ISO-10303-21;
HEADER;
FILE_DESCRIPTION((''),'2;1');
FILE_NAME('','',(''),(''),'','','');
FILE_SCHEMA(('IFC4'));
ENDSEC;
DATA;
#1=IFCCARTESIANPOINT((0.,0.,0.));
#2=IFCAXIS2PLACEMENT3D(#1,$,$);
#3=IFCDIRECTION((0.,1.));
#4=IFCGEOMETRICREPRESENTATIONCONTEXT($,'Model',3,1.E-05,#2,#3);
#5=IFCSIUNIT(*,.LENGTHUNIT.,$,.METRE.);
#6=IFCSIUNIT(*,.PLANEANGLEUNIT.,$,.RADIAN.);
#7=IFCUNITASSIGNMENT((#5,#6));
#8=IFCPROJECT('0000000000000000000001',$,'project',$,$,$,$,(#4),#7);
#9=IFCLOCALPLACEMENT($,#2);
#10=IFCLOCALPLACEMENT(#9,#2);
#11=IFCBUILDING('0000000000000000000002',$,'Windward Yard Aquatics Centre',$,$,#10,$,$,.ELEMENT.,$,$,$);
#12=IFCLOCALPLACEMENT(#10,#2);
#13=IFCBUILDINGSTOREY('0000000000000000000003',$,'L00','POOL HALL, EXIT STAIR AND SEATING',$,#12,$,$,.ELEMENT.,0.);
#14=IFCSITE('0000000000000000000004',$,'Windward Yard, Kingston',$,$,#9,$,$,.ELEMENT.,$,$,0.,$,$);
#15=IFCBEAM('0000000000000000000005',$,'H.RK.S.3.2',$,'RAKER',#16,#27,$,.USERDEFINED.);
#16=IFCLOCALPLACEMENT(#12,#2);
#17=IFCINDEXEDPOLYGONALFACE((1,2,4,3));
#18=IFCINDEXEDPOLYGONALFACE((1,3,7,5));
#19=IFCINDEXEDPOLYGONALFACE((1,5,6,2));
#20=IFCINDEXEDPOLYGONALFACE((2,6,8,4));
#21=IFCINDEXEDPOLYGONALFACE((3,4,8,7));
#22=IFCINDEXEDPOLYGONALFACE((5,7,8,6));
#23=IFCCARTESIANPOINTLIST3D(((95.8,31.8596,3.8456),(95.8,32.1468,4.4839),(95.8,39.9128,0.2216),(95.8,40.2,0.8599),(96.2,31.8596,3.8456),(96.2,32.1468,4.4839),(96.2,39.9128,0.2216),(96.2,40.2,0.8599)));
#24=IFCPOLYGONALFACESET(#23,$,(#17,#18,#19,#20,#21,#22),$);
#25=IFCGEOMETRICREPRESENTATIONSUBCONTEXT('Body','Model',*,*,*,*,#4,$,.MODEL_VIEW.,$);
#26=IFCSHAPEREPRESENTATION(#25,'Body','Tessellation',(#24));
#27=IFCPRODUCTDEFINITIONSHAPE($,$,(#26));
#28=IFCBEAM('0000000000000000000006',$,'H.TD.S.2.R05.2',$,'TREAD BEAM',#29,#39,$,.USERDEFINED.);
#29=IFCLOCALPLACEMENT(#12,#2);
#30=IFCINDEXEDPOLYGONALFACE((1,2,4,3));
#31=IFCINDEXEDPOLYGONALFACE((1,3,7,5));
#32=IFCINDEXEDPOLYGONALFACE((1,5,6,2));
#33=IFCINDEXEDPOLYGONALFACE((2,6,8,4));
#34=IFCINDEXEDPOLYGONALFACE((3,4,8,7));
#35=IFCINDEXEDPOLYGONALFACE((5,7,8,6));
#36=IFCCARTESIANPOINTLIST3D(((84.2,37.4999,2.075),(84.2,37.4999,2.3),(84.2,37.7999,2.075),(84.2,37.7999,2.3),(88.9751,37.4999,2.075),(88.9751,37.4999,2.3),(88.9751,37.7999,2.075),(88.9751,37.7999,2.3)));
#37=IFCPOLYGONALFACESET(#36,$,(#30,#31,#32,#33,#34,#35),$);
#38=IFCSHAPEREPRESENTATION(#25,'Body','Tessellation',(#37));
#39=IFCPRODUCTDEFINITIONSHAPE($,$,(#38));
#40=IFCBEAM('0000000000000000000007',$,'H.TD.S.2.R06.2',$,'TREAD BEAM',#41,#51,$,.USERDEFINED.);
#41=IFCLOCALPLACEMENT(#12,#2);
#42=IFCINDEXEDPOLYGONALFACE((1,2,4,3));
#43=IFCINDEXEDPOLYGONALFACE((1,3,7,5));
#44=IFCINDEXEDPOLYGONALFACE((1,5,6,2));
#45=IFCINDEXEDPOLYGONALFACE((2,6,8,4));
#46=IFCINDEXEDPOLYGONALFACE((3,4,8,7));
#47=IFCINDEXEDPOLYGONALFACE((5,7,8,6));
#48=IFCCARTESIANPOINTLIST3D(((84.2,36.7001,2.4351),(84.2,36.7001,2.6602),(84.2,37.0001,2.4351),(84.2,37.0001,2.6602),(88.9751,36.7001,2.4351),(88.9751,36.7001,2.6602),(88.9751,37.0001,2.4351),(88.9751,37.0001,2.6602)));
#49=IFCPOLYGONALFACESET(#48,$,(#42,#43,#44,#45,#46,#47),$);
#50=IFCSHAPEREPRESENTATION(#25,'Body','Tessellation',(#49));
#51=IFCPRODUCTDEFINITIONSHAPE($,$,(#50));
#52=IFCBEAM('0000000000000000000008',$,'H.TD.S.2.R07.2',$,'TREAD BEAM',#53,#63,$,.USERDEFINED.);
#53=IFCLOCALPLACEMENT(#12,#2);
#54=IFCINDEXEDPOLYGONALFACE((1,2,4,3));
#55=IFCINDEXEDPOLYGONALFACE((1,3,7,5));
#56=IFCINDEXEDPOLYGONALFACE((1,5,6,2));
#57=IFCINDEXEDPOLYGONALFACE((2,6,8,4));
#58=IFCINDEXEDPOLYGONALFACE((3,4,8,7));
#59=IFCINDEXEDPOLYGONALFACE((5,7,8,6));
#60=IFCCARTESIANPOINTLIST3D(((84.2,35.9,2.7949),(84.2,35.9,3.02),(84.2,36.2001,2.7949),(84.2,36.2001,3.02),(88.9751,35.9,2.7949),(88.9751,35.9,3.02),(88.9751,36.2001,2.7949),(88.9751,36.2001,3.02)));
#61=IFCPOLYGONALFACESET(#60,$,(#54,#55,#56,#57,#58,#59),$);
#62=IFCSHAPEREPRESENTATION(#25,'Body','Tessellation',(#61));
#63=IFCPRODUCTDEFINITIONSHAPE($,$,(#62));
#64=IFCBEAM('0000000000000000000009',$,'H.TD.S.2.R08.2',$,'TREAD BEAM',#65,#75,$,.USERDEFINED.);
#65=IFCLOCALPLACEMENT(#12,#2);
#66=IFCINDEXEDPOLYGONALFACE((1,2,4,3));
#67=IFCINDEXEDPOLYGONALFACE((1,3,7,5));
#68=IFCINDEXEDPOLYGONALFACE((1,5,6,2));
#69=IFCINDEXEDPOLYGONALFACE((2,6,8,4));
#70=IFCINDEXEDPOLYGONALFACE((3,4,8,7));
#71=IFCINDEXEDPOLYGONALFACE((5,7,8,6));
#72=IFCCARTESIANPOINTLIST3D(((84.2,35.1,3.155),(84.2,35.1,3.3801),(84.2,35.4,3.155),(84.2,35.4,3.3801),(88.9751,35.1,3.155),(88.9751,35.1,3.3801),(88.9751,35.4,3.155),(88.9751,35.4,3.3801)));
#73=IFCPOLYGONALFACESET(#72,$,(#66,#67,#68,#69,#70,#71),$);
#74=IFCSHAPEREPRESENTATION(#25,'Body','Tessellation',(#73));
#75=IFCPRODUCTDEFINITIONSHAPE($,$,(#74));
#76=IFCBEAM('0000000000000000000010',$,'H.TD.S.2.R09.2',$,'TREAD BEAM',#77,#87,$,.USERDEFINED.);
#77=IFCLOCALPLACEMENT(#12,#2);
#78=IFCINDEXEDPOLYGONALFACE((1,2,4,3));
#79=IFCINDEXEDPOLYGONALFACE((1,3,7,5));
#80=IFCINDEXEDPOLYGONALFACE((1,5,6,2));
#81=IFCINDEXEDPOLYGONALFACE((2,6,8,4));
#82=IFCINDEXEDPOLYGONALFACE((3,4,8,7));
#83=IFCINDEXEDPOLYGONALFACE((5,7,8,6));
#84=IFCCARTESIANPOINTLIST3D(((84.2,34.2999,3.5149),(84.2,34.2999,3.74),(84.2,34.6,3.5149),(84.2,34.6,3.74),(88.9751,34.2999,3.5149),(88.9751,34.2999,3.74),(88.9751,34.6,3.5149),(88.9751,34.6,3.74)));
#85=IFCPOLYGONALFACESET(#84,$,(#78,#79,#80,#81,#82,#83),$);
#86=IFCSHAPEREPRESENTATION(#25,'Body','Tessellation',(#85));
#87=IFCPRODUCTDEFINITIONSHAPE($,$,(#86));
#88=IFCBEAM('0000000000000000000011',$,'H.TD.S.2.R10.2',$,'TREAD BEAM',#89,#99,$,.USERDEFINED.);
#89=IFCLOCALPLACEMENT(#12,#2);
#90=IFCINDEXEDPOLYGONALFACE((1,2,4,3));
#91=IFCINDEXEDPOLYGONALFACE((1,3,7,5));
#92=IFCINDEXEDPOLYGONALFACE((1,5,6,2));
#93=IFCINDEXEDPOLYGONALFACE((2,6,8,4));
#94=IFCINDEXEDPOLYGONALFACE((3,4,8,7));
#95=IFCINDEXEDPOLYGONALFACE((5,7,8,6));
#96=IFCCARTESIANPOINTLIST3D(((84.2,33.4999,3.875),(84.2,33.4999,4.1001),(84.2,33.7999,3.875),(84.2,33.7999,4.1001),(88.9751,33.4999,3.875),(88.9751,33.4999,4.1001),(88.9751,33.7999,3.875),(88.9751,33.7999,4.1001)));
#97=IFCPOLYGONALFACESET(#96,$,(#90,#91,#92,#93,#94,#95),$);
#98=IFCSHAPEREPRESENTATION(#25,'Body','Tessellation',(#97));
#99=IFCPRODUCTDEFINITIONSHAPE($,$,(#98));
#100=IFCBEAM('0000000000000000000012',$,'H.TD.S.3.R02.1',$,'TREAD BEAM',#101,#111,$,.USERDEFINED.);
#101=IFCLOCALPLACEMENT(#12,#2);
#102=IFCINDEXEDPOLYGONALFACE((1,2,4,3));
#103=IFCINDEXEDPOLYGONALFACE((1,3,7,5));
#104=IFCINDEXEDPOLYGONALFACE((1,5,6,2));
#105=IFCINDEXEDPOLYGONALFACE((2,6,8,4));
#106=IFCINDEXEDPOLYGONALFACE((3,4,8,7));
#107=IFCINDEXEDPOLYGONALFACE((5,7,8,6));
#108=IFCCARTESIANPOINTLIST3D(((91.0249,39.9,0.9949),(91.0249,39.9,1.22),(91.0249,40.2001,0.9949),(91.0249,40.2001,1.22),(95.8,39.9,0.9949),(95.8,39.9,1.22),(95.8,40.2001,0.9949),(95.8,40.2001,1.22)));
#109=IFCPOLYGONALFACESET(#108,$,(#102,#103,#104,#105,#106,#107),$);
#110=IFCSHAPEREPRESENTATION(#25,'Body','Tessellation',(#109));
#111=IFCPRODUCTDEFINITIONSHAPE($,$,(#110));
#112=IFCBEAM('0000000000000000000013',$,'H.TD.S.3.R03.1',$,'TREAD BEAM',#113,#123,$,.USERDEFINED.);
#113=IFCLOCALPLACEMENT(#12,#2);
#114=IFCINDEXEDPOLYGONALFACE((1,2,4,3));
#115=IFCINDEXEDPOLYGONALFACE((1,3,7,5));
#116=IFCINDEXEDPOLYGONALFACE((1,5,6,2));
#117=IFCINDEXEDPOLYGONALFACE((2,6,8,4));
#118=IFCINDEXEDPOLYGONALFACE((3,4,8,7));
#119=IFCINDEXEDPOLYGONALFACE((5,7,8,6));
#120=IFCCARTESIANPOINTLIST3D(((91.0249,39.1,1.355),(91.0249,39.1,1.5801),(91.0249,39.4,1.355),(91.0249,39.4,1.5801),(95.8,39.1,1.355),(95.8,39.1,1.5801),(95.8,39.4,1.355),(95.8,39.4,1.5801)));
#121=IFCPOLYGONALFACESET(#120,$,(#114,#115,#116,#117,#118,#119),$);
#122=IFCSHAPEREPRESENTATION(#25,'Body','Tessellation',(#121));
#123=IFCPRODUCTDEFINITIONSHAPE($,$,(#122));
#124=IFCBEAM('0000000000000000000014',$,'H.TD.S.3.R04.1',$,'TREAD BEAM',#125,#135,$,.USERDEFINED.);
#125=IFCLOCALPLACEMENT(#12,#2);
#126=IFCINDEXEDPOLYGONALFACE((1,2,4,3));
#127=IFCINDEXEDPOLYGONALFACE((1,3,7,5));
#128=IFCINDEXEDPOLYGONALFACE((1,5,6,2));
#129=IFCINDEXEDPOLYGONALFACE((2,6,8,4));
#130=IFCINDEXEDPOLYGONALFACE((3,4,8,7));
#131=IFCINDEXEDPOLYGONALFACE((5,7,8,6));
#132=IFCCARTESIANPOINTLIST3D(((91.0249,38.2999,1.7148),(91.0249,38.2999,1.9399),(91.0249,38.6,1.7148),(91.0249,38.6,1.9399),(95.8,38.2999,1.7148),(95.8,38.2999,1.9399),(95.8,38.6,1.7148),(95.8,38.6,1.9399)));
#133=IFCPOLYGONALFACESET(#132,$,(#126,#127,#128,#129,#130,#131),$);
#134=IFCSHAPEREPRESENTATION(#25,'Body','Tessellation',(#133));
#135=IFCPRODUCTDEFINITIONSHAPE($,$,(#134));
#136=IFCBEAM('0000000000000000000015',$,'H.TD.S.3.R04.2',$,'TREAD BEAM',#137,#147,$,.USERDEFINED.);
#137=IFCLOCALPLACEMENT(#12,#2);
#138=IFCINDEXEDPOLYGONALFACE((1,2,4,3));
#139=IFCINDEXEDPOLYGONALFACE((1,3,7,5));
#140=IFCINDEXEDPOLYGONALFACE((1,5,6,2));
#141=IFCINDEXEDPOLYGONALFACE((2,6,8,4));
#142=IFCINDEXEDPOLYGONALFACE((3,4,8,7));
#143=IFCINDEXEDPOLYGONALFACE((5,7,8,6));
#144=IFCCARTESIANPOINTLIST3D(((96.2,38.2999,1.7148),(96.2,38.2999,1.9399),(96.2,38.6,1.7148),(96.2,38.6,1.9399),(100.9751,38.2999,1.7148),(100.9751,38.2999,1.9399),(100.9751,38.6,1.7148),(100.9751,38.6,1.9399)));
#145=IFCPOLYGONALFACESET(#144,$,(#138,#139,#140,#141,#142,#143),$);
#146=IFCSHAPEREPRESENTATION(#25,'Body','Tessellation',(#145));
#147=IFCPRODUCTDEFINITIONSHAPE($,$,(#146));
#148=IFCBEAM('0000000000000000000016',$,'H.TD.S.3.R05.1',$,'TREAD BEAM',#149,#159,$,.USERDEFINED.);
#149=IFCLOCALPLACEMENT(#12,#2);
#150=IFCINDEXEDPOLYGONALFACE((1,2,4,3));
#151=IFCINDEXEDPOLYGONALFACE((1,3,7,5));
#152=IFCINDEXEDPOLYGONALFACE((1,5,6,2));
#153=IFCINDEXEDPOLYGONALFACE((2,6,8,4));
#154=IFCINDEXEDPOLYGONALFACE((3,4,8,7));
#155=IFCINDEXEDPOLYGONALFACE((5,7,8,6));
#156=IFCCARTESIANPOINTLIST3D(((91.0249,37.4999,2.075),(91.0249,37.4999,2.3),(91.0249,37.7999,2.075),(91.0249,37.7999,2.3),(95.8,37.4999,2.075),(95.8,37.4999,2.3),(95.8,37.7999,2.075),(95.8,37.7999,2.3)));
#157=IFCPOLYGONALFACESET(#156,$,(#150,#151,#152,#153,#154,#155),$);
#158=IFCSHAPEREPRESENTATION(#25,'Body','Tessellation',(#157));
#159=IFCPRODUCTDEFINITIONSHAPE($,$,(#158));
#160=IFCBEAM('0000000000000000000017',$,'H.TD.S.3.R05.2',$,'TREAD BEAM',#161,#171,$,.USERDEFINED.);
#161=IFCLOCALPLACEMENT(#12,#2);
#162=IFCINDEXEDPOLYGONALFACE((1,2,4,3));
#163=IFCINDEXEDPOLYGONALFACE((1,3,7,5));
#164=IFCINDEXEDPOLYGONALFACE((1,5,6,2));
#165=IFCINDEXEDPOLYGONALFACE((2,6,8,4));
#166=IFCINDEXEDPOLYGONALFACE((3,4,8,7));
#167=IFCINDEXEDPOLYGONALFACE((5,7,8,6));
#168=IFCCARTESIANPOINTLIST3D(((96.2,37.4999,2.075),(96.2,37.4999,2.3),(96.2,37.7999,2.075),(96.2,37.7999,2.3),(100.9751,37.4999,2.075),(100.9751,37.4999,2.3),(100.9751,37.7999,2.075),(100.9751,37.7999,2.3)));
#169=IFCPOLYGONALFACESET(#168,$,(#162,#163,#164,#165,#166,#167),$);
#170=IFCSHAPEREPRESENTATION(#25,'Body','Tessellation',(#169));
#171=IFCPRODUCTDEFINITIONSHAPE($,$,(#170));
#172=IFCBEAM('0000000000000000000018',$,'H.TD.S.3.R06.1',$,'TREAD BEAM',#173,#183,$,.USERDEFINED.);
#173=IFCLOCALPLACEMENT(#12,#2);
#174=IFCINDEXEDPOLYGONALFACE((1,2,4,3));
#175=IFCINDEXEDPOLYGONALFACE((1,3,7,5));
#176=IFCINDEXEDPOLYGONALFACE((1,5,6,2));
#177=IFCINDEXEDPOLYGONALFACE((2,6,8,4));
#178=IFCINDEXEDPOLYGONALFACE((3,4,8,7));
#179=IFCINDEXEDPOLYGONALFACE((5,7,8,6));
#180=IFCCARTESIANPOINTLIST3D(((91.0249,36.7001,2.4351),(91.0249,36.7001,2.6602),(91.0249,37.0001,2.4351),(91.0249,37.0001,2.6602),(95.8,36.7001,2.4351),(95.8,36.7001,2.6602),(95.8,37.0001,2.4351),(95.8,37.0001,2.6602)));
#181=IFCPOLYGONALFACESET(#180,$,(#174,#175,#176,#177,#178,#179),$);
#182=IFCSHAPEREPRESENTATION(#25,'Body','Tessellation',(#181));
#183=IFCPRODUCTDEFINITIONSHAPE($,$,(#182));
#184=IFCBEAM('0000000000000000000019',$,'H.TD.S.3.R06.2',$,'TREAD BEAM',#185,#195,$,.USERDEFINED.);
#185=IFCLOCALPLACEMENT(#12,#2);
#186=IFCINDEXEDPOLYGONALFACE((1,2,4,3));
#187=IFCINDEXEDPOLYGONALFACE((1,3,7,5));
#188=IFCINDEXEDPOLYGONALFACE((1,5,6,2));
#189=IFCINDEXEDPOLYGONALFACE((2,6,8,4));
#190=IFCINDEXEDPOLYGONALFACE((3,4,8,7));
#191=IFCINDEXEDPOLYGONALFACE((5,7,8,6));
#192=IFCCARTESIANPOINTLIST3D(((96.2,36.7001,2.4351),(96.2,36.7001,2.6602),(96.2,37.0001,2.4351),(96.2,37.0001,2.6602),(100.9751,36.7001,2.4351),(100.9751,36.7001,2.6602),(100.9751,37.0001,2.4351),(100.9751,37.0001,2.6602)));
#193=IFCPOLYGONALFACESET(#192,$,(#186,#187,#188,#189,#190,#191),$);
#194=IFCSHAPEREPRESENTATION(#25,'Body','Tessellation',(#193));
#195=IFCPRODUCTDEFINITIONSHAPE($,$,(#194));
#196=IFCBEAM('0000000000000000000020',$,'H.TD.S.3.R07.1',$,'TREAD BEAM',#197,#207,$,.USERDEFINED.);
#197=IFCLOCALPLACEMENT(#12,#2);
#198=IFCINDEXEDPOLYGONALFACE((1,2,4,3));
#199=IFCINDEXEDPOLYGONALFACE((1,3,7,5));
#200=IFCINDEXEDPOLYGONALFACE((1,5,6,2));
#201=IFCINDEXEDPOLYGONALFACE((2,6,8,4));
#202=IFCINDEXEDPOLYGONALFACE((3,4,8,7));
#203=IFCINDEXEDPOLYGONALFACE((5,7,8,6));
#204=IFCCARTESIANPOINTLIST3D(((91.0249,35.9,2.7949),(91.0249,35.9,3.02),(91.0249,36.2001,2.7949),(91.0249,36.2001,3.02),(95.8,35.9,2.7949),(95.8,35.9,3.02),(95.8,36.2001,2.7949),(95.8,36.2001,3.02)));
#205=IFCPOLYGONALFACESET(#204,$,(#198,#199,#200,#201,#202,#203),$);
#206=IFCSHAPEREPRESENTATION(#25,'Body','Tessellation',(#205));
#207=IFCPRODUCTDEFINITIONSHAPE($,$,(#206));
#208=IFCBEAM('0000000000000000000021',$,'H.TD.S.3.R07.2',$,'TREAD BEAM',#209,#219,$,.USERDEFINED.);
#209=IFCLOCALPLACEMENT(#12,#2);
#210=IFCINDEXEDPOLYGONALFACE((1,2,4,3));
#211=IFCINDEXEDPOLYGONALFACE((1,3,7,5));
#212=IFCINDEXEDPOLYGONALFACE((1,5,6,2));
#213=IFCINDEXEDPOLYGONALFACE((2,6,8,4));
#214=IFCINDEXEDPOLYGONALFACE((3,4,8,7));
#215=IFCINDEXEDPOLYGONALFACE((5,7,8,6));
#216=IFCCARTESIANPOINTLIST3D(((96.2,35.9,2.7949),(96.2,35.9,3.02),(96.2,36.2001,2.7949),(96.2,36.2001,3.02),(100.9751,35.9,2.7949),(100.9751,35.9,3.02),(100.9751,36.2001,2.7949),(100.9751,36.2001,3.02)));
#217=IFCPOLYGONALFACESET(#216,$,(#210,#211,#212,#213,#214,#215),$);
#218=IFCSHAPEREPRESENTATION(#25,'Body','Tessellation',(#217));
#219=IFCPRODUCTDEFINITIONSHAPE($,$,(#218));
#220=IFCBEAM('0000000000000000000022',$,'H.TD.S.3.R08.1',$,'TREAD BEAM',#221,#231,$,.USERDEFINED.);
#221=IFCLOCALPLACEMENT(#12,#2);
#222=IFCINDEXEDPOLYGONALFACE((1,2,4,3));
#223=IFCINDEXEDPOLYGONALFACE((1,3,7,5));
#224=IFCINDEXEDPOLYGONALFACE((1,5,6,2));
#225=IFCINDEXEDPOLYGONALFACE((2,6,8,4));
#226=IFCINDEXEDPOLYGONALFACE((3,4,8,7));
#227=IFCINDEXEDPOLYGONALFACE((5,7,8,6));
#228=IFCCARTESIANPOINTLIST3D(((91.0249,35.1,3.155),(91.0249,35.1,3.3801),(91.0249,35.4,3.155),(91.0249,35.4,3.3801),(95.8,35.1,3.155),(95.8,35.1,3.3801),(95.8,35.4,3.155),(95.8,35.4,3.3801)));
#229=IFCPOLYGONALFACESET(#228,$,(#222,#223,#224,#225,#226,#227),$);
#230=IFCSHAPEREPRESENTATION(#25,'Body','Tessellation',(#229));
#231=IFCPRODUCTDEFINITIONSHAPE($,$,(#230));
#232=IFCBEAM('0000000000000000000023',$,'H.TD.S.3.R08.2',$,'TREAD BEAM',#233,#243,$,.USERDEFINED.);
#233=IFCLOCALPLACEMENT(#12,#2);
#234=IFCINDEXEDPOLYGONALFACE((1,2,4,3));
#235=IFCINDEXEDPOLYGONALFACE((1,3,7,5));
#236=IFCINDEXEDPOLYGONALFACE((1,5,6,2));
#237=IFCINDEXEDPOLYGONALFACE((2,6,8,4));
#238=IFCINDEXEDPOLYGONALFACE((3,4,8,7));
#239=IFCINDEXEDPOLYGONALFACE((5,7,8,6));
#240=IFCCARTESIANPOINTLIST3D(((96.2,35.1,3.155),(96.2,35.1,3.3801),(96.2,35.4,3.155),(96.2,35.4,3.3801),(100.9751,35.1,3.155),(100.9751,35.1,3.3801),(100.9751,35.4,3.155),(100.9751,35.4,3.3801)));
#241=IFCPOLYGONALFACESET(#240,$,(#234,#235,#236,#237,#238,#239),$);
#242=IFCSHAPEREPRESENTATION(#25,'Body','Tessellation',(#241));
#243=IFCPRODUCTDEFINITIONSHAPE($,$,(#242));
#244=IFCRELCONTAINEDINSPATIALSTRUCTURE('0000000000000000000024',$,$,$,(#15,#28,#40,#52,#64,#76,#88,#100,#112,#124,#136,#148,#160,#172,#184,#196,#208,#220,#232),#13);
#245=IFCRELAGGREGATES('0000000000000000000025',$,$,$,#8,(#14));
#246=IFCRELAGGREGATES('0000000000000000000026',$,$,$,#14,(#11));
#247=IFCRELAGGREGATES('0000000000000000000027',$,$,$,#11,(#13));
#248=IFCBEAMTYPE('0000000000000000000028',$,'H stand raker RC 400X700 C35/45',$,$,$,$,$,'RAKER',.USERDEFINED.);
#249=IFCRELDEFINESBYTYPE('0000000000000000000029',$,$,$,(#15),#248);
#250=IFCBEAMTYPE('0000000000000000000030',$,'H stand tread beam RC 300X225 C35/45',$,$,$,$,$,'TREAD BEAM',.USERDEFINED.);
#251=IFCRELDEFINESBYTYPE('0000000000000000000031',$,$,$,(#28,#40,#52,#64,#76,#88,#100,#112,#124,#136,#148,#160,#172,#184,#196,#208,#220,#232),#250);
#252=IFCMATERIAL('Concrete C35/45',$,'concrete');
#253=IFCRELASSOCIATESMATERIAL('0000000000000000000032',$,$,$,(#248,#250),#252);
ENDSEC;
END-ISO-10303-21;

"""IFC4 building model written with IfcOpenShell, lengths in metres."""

from ifc_helpers import new_model, si_unit, direction, frame, origin, origin_2d, place, context, subcontext, project, spatial, rectangle, extrude, material, material_profile, profile_set, type_object, element, save


model = new_model("IFC4")

# Units and contexts
model_context = context("Model", 3, precision=1e-05, world=origin(), true_north=direction((0.0, 1.0)))
body_context = subcontext(model_context, "Body", "Model", "MODEL_VIEW")
ifc_project = project(units=[si_unit("LENGTHUNIT", "METRE"), si_unit("PLANEANGLEUNIT", "RADIAN")], contexts=[model_context])

# Site, building, storey
site_placement = place(None, origin())
site = spatial("IfcSite", under=ifc_project, at=site_placement, Name="Windward Yard, Kingston", CompositionType="ELEMENT", RefElevation=0.0)
building_placement = place(site_placement, origin())
building = spatial("IfcBuilding", under=site, at=building_placement, Name="Windward Yard Aquatics Centre", CompositionType="ELEMENT")
storey_placement = place(building_placement, origin())
storey = spatial("IfcBuildingStorey", under=building, at=storey_placement, Name="L00", Description="POOL HALL, EXIT STAIR AND SEATING", CompositionType="ELEMENT", Elevation=0.0)

# Shared definitions
ifc_material = material(Name="Concrete C35/45", Category="concrete")

# Beams
ifc_material_profile_1 = material_profile(ifc_material, rectangle(XDim=0.3999, YDim=0.7, at=origin_2d()), Name="RC 400X700")
ifc_profile_set_1 = profile_set([ifc_material_profile_1], Name="Concrete C35/45")
beam_type_1 = type_object("IfcBeamType", Name="H stand raker RC 400X700 C35/45", ElementType="RAKER", PredefinedType="USERDEFINED", material=ifc_profile_set_1)
for number, where, z_axis, x_axis, name in (
    (1, (96.0, 40.0564, 0.5408), (0.0, -0.911918, 0.410372), (1.0, 0.0, 0.0), "H.RK.S.3.2"),
):
    element("IfcBeam", number, at=place(storey_placement, frame(where, z_axis=z_axis, x_axis=x_axis)), inside=storey, type_object=beam_type_1, Name=name, ObjectType="RAKER", PredefinedType="USERDEFINED", context=body_context, shape_type="SweptSolid", body=[
        extrude(rectangle(XDim=0.3999, YDim=0.7, at=origin_2d()), origin(), (0.0, 0.0, 1.0), 8.8311),
    ])
ifc_material_profile_2 = material_profile(ifc_material, rectangle(XDim=0.3, YDim=0.2251, at=origin_2d()), Name="RC 300X225")
ifc_profile_set_2 = profile_set([ifc_material_profile_2], Name="Concrete C35/45")
beam_type_2 = type_object("IfcBeamType", Name="H stand tread beam RC 300X225 C35/45", ElementType="TREAD BEAM", PredefinedType="USERDEFINED", material=ifc_profile_set_2)
for number, where, z_axis, x_axis, name in (
    (2, (84.2, 37.6499, 2.1875), (1.0, 0.0, 0.0), (0.0, 1.0, 0.0), "H.TD.S.2.R05.2"),
    (3, (84.2, 36.8501, 2.5476), (1.0, 0.0, 0.0), (0.0, 1.0, 0.0), "H.TD.S.2.R06.2"),
    (4, (84.2, 36.05, 2.9075), (1.0, 0.0, 0.0), (0.0, 1.0, 0.0), "H.TD.S.2.R07.2"),
    (5, (84.2, 35.25, 3.2676), (1.0, 0.0, 0.0), (0.0, 1.0, 0.0), "H.TD.S.2.R08.2"),
    (6, (84.2, 34.45, 3.6274), (1.0, 0.0, 0.0), (0.0, 1.0, 0.0), "H.TD.S.2.R09.2"),
    (7, (84.2, 33.6499, 3.9875), (1.0, 0.0, 0.0), (0.0, 1.0, 0.0), "H.TD.S.2.R10.2"),
    (8, (91.0249, 40.05, 1.1074), (1.0, 0.0, 0.0), (0.0, 1.0, 0.0), "H.TD.S.3.R02.1"),
    (9, (91.0249, 39.25, 1.4675), (1.0, 0.0, 0.0), (0.0, 1.0, 0.0), "H.TD.S.3.R03.1"),
    (10, (91.0249, 38.45, 1.8274), (1.0, 0.0, 0.0), (0.0, 1.0, 0.0), "H.TD.S.3.R04.1"),
    (11, (96.2, 38.45, 1.8274), (1.0, 0.0, 0.0), (0.0, 1.0, 0.0), "H.TD.S.3.R04.2"),
    (12, (91.0249, 37.6499, 2.1875), (1.0, 0.0, 0.0), (0.0, 1.0, 0.0), "H.TD.S.3.R05.1"),
    (13, (96.2, 37.6499, 2.1875), (1.0, 0.0, 0.0), (0.0, 1.0, 0.0), "H.TD.S.3.R05.2"),
    (14, (91.0249, 36.8501, 2.5476), (1.0, 0.0, 0.0), (0.0, 1.0, 0.0), "H.TD.S.3.R06.1"),
    (15, (96.2, 36.8501, 2.5476), (1.0, 0.0, 0.0), (0.0, 1.0, 0.0), "H.TD.S.3.R06.2"),
    (16, (91.0249, 36.05, 2.9075), (1.0, 0.0, 0.0), (0.0, 1.0, 0.0), "H.TD.S.3.R07.1"),
    (17, (96.2, 36.05, 2.9075), (1.0, 0.0, 0.0), (0.0, 1.0, 0.0), "H.TD.S.3.R07.2"),
    (18, (91.0249, 35.25, 3.2676), (1.0, 0.0, 0.0), (0.0, 1.0, 0.0), "H.TD.S.3.R08.1"),
    (19, (96.2, 35.25, 3.2676), (1.0, 0.0, 0.0), (0.0, 1.0, 0.0), "H.TD.S.3.R08.2"),
):
    element("IfcBeam", number, at=place(storey_placement, frame(where, z_axis=z_axis, x_axis=x_axis)), inside=storey, type_object=beam_type_2, Name=name, ObjectType="TREAD BEAM", PredefinedType="USERDEFINED", context=body_context, shape_type="SweptSolid", body=[
        extrude(rectangle(XDim=0.3, YDim=0.2251, at=origin_2d()), origin(), (0.0, 0.0, 1.0), 4.7751),
    ])

save(model, "model.ifc")
